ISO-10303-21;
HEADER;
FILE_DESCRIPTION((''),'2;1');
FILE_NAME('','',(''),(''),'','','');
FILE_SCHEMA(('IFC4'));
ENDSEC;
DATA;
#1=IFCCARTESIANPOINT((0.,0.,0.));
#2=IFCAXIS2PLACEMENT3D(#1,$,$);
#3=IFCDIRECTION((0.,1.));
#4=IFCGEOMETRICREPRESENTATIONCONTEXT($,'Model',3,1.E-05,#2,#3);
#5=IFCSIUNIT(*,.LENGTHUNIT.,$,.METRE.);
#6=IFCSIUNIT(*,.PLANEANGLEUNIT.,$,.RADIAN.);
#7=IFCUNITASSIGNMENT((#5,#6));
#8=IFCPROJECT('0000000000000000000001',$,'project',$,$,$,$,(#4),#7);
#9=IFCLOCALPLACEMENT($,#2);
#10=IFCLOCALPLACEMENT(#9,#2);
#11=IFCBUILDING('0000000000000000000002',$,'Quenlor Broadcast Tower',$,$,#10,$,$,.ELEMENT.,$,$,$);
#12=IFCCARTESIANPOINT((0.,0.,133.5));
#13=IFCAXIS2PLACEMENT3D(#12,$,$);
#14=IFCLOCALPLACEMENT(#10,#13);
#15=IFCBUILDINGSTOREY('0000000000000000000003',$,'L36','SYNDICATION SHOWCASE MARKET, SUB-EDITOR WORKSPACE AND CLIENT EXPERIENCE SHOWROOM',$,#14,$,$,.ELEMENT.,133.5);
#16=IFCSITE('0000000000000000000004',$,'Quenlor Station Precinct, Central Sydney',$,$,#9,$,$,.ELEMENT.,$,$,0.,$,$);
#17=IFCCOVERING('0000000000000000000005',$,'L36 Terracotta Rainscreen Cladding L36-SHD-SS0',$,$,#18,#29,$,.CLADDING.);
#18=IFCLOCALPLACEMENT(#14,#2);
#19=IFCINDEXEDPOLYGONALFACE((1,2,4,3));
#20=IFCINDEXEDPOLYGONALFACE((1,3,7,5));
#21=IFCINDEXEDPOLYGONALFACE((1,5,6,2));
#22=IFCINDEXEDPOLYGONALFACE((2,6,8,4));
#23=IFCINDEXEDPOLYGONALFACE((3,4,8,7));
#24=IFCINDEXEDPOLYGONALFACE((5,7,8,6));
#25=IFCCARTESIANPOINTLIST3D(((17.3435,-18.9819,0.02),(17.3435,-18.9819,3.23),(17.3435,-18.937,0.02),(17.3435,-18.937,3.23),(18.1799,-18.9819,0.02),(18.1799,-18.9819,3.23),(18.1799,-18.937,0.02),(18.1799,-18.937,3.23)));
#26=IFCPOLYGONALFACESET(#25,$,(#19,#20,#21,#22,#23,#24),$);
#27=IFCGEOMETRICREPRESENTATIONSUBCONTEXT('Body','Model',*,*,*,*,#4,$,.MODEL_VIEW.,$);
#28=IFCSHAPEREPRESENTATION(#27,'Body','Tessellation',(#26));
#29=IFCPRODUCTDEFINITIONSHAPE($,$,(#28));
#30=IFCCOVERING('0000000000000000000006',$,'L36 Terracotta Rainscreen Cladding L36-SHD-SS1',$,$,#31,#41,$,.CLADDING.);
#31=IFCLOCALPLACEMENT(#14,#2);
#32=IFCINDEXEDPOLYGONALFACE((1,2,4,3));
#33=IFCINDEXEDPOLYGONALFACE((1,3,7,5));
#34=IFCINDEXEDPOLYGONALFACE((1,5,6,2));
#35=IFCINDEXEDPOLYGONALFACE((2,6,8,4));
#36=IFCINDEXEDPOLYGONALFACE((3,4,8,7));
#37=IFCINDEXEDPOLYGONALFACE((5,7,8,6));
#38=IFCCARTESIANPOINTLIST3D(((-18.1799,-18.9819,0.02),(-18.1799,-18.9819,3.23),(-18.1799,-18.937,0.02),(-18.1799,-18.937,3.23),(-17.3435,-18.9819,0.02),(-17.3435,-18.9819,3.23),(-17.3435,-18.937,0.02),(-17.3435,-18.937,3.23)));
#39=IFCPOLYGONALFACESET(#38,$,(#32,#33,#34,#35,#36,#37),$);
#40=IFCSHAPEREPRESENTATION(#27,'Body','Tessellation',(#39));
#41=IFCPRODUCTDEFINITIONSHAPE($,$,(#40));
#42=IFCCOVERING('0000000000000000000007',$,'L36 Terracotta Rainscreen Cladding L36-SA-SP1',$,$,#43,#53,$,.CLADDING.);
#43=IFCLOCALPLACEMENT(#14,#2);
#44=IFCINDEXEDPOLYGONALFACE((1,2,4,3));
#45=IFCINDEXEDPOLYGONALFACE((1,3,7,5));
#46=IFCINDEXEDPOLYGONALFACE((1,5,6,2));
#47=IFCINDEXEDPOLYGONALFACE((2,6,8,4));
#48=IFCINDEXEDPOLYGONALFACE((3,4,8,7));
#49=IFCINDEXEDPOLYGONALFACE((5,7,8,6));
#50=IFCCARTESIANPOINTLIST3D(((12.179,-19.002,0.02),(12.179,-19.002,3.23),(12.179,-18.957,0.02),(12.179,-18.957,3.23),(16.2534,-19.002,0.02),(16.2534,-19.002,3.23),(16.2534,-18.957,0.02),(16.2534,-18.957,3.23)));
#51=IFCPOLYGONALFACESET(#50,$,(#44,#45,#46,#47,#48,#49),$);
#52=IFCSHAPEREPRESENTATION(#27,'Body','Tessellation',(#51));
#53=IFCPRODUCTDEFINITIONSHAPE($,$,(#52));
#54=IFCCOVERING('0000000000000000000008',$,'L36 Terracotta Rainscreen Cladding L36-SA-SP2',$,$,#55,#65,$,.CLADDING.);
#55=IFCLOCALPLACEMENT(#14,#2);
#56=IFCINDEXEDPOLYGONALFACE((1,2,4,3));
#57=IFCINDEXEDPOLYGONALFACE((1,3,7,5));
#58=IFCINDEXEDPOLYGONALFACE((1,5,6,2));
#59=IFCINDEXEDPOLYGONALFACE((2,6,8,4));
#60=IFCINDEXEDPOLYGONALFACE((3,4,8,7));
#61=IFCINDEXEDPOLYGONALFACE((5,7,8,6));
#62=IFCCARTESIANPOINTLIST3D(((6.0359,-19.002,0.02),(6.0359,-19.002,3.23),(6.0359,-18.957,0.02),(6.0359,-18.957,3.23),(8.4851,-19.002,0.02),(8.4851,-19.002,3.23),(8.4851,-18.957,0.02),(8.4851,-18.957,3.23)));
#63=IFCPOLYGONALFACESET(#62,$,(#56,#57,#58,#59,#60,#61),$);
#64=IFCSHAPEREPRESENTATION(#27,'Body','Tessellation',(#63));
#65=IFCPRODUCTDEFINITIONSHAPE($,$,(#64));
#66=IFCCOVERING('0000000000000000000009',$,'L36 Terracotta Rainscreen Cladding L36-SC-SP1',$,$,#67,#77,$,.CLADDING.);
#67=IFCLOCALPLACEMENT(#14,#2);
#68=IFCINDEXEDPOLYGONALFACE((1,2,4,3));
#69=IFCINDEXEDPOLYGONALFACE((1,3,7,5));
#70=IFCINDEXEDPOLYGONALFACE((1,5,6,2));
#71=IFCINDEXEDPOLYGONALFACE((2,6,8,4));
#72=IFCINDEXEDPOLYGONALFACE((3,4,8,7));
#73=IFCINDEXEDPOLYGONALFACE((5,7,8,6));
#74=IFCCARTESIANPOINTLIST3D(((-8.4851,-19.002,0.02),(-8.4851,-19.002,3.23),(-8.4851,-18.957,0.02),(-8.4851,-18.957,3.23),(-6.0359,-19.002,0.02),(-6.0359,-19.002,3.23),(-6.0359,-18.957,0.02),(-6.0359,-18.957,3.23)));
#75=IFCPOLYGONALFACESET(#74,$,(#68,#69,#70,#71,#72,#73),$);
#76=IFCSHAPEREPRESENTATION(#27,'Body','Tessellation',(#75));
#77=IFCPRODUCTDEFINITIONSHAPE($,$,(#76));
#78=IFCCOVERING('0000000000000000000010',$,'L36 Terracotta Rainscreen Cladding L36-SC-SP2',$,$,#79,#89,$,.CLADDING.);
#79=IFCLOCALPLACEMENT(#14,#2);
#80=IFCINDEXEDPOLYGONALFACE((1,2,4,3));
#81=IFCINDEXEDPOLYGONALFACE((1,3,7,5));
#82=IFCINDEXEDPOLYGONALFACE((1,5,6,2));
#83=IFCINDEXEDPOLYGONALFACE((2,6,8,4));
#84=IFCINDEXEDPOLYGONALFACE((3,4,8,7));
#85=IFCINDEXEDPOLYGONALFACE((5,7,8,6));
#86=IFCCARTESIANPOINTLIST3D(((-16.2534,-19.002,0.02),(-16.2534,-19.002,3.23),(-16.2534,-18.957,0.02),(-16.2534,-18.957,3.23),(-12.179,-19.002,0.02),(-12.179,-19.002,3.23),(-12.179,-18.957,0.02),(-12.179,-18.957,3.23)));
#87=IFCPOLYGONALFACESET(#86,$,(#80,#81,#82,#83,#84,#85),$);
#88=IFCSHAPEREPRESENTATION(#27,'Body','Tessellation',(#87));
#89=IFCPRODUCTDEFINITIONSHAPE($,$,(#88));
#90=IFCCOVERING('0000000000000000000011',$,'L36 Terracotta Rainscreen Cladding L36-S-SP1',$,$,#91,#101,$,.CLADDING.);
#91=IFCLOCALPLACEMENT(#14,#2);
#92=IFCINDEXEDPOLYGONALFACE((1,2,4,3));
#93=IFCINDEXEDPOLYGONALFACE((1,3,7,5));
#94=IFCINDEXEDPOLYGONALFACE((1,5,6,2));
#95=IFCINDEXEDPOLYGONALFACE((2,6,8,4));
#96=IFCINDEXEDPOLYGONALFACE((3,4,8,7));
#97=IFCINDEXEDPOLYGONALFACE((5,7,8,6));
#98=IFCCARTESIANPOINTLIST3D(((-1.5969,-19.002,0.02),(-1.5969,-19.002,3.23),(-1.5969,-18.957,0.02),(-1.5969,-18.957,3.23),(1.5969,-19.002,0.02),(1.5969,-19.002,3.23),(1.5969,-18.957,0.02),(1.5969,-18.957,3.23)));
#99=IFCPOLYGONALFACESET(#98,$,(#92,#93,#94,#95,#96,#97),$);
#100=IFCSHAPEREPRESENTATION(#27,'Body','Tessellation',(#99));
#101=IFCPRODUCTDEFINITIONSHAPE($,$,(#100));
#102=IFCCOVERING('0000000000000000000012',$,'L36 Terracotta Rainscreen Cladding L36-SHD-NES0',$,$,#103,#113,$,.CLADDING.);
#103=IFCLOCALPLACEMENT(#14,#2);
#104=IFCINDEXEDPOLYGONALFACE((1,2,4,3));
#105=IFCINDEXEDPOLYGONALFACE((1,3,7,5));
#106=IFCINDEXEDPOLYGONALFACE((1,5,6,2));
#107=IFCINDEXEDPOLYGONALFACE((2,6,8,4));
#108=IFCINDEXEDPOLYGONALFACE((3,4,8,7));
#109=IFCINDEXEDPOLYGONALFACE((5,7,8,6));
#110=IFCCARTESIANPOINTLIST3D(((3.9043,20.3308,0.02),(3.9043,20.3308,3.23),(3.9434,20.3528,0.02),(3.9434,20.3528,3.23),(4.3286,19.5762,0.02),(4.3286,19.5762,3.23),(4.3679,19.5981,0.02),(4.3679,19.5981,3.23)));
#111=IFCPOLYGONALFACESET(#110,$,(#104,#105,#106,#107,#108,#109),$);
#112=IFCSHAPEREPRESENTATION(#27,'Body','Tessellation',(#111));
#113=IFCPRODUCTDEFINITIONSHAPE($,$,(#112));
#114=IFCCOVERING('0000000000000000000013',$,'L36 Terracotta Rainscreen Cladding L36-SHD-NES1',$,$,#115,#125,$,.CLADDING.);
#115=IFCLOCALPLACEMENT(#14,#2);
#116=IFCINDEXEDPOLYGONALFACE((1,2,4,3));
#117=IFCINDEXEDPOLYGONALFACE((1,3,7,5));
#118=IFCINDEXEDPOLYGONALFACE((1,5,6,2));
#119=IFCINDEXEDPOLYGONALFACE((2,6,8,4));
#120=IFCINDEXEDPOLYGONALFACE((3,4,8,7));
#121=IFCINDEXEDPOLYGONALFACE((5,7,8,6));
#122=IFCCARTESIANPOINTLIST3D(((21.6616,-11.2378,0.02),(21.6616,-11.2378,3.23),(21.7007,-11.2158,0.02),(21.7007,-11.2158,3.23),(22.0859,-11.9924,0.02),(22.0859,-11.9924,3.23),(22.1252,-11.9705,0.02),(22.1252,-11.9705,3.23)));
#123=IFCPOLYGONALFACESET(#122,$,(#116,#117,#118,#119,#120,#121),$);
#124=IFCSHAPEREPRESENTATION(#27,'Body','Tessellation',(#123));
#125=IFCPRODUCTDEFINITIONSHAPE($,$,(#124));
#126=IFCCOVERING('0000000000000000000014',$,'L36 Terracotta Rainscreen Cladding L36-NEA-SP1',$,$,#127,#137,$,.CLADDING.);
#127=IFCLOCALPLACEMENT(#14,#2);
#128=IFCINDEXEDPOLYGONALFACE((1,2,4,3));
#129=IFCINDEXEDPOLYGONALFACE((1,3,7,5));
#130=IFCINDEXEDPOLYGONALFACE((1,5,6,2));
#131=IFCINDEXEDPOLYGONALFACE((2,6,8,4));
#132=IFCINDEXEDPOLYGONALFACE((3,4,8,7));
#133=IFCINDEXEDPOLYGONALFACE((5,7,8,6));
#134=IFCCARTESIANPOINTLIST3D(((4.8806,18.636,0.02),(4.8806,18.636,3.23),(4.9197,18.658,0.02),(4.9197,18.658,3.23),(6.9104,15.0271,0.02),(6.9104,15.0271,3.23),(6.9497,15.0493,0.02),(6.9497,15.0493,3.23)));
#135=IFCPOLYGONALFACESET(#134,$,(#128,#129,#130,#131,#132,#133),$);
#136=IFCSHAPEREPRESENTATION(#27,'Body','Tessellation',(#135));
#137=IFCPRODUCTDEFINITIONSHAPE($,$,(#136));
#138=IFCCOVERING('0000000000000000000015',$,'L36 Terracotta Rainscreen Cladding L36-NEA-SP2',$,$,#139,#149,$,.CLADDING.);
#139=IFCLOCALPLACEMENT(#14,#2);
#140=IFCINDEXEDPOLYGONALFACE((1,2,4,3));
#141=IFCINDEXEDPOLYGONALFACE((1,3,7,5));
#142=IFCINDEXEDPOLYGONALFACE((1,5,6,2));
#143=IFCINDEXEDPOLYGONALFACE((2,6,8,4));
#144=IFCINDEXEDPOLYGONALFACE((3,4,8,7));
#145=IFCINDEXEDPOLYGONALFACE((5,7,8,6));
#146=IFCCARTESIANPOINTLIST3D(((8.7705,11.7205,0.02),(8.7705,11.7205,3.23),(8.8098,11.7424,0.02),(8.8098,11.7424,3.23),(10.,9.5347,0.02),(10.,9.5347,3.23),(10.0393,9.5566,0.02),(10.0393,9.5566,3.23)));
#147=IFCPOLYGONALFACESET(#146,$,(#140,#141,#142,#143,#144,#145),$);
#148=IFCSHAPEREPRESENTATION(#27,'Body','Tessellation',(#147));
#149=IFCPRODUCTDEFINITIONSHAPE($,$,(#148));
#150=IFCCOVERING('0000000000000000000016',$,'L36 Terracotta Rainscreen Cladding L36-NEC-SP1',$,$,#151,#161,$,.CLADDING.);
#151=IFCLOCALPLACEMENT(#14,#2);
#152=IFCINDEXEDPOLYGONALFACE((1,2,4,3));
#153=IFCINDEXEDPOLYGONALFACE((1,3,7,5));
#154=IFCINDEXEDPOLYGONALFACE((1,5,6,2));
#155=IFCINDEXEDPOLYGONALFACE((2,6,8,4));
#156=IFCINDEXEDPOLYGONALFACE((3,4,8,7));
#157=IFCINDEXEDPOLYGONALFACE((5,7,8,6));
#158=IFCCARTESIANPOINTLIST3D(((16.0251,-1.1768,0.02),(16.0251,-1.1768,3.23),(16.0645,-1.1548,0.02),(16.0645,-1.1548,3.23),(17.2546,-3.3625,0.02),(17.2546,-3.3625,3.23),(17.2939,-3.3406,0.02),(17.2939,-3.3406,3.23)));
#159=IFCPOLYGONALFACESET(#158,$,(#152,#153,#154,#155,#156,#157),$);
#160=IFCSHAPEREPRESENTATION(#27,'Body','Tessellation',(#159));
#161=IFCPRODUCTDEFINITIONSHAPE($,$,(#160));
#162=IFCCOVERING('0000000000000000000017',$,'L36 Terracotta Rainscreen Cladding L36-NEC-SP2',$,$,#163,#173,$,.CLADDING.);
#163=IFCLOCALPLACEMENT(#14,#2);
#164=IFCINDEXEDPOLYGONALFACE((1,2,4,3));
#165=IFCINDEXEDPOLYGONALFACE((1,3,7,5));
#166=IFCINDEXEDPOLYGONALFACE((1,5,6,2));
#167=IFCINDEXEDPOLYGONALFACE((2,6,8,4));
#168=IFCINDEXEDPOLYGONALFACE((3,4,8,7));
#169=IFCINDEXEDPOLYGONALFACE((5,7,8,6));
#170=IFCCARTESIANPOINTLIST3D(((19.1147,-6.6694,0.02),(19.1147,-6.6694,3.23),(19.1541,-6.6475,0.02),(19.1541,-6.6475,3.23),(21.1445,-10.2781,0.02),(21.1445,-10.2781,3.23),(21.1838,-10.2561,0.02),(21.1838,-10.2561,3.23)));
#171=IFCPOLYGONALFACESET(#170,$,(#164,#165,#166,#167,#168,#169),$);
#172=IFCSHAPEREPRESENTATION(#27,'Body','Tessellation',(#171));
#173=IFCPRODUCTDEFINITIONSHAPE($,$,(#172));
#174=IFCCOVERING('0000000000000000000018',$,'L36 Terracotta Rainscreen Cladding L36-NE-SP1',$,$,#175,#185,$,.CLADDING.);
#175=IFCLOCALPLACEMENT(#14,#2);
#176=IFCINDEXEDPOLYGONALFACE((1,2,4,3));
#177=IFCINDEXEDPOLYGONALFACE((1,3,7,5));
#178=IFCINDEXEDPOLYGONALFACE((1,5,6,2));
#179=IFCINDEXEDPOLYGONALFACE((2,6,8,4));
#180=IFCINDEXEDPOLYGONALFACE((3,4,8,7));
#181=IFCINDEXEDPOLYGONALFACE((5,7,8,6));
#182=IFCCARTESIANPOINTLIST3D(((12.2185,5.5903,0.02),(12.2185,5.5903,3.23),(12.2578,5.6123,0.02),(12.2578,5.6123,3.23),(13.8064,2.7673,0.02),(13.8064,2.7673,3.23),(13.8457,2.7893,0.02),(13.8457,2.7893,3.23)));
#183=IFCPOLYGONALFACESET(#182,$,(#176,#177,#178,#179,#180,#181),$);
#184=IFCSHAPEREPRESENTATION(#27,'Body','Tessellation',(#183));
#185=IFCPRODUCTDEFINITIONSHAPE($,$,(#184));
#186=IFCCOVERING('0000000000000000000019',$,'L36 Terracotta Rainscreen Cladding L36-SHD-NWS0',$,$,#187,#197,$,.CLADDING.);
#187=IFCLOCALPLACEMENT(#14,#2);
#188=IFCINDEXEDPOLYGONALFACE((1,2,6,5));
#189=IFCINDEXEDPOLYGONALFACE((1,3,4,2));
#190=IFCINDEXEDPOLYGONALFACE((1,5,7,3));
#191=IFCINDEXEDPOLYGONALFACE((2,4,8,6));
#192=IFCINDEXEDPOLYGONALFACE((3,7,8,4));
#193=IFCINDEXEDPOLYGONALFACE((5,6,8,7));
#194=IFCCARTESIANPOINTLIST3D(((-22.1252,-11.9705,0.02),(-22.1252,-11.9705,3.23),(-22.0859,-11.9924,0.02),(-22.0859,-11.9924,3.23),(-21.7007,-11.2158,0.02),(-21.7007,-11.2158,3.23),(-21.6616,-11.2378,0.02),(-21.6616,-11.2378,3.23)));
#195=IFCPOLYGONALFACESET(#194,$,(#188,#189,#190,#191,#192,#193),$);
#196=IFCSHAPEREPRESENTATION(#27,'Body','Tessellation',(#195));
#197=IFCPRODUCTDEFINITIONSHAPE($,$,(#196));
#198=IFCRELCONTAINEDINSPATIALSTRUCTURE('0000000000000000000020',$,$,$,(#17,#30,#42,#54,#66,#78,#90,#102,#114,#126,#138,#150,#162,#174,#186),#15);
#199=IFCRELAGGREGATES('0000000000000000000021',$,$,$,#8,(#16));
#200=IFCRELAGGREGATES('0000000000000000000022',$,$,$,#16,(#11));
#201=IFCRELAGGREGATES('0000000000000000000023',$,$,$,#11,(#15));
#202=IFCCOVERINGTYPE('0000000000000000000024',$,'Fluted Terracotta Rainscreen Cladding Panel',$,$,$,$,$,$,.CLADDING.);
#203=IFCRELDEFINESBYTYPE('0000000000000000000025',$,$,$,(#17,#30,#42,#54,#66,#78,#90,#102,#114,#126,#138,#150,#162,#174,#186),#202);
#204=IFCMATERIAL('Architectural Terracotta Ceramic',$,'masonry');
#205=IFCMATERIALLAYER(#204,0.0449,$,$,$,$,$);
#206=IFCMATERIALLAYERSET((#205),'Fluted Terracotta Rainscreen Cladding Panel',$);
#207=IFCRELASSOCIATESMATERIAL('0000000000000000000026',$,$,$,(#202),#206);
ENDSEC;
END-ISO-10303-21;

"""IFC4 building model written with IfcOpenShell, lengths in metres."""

from ifc_helpers import new_model, si_unit, direction, frame, origin, place, context, subcontext, project, spatial, polyline, outline, extrude, material, layer, layer_set, type_object, element, save


model = new_model("IFC4")

# Units and contexts
model_context = context("Model", 3, precision=1e-05, world=origin(), true_north=direction((0.0, 1.0)))
body_context = subcontext(model_context, "Body", "Model", "MODEL_VIEW")
ifc_project = project(units=[si_unit("LENGTHUNIT", "METRE"), si_unit("PLANEANGLEUNIT", "RADIAN")], contexts=[model_context])

# Site, building, storey
site_placement = place(None, origin())
site = spatial("IfcSite", under=ifc_project, at=site_placement, Name="Quenlor Station Precinct, Central Sydney", CompositionType="ELEMENT", RefElevation=0.0)
building_placement = place(site_placement, origin())
building = spatial("IfcBuilding", under=site, at=building_placement, Name="Quenlor Broadcast Tower", CompositionType="ELEMENT")
storey_placement = place(building_placement, frame((0.0, 0.0, 133.5)))
storey = spatial("IfcBuildingStorey", under=building, at=storey_placement, Name="L36", Description="SYNDICATION SHOWCASE MARKET, SUB-EDITOR WORKSPACE AND CLIENT EXPERIENCE SHOWROOM", CompositionType="ELEMENT", Elevation=133.5)

# Coverings
ifc_material = material(Name="Architectural Terracotta Ceramic", Category="masonry")
ifc_layer = layer(ifc_material, 0.0449)
ifc_layer_set = layer_set([ifc_layer], Name="Fluted Terracotta Rainscreen Cladding Panel")
covering_type = type_object("IfcCoveringType", Name="Fluted Terracotta Rainscreen Cladding Panel", PredefinedType="CLADDING", material=ifc_layer_set)
covering_1_placement = place(storey_placement, frame((0.0, 0.0, 0.02)))
element("IfcCovering", 1, at=covering_1_placement, inside=storey, type_object=covering_type, Name="L36 Terracotta Rainscreen Cladding L36-SHD-SS0", PredefinedType="CLADDING", context=body_context, shape_type="SweptSolid", body=[
    extrude(outline(polyline([(18.1799, -18.937), (17.3435, -18.937), (17.3435, -18.9819), (18.1799, -18.9819), (18.1799, -18.937)])), origin(), (0.0, 0.0, 1.0), 3.21),
])
covering_2_placement = place(storey_placement, frame((0.0, 0.0, 0.02)))
element("IfcCovering", 2, at=covering_2_placement, inside=storey, type_object=covering_type, Name="L36 Terracotta Rainscreen Cladding L36-SHD-SS1", PredefinedType="CLADDING", context=body_context, shape_type="SweptSolid", body=[
    extrude(outline(polyline([(-17.3435, -18.937), (-18.1799, -18.937), (-18.1799, -18.9819), (-17.3435, -18.9819), (-17.3435, -18.937)])), origin(), (0.0, 0.0, 1.0), 3.21),
])
covering_3_placement = place(storey_placement, frame((0.0, 0.0, 0.02)))
element("IfcCovering", 3, at=covering_3_placement, inside=storey, type_object=covering_type, Name="L36 Terracotta Rainscreen Cladding L36-SA-SP1", PredefinedType="CLADDING", context=body_context, shape_type="SweptSolid", body=[
    extrude(outline(polyline([(16.2534, -18.957), (12.179, -18.957), (12.179, -19.002), (16.2534, -19.002), (16.2534, -18.957)])), origin(), (0.0, 0.0, 1.0), 3.21),
])
covering_4_placement = place(storey_placement, frame((0.0, 0.0, 0.02)))
element("IfcCovering", 4, at=covering_4_placement, inside=storey, type_object=covering_type, Name="L36 Terracotta Rainscreen Cladding L36-SA-SP2", PredefinedType="CLADDING", context=body_context, shape_type="SweptSolid", body=[
    extrude(outline(polyline([(8.4851, -18.957), (6.0359, -18.957), (6.0359, -19.002), (8.4851, -19.002), (8.4851, -18.957)])), origin(), (0.0, 0.0, 1.0), 3.21),
])
covering_5_placement = place(storey_placement, frame((0.0, 0.0, 0.02)))
element("IfcCovering", 5, at=covering_5_placement, inside=storey, type_object=covering_type, Name="L36 Terracotta Rainscreen Cladding L36-SC-SP1", PredefinedType="CLADDING", context=body_context, shape_type="SweptSolid", body=[
    extrude(outline(polyline([(-6.0359, -18.957), (-8.4851, -18.957), (-8.4851, -19.002), (-6.0359, -19.002), (-6.0359, -18.957)])), origin(), (0.0, 0.0, 1.0), 3.21),
])
covering_6_placement = place(storey_placement, frame((0.0, 0.0, 0.02)))
element("IfcCovering", 6, at=covering_6_placement, inside=storey, type_object=covering_type, Name="L36 Terracotta Rainscreen Cladding L36-SC-SP2", PredefinedType="CLADDING", context=body_context, shape_type="SweptSolid", body=[
    extrude(outline(polyline([(-12.179, -18.957), (-16.2534, -18.957), (-16.2534, -19.002), (-12.179, -19.002), (-12.179, -18.957)])), origin(), (0.0, 0.0, 1.0), 3.21),
])
covering_7_placement = place(storey_placement, frame((0.0, 0.0, 0.02)))
element("IfcCovering", 7, at=covering_7_placement, inside=storey, type_object=covering_type, Name="L36 Terracotta Rainscreen Cladding L36-S-SP1", PredefinedType="CLADDING", context=body_context, shape_type="SweptSolid", body=[
    extrude(outline(polyline([(1.5969, -18.957), (-1.5969, -18.957), (-1.5969, -19.002), (1.5969, -19.002), (1.5969, -18.957)])), origin(), (0.0, 0.0, 1.0), 3.21),
])
covering_8_placement = place(storey_placement, frame((0.0, 0.0, 0.02)))
element("IfcCovering", 8, at=covering_8_placement, inside=storey, type_object=covering_type, Name="L36 Terracotta Rainscreen Cladding L36-SHD-NES0", PredefinedType="CLADDING", context=body_context, shape_type="SweptSolid", body=[
    extrude(outline(polyline([(3.9043, 20.3308), (4.3286, 19.5762), (4.3679, 19.5981), (3.9434, 20.3528), (3.9043, 20.3308)])), origin(), (0.0, 0.0, 1.0), 3.21),
])
covering_9_placement = place(storey_placement, frame((0.0, 0.0, 0.02)))
element("IfcCovering", 9, at=covering_9_placement, inside=storey, type_object=covering_type, Name="L36 Terracotta Rainscreen Cladding L36-SHD-NES1", PredefinedType="CLADDING", context=body_context, shape_type="SweptSolid", body=[
    extrude(outline(polyline([(21.6616, -11.2378), (22.0859, -11.9924), (22.1252, -11.9705), (21.7007, -11.2158), (21.6616, -11.2378)])), origin(), (0.0, 0.0, 1.0), 3.21),
])
covering_10_placement = place(storey_placement, frame((0.0, 0.0, 0.02)))
element("IfcCovering", 10, at=covering_10_placement, inside=storey, type_object=covering_type, Name="L36 Terracotta Rainscreen Cladding L36-NEA-SP1", PredefinedType="CLADDING", context=body_context, shape_type="SweptSolid", body=[
    extrude(outline(polyline([(4.8806, 18.636), (6.9104, 15.0271), (6.9497, 15.0493), (4.9197, 18.658), (4.8806, 18.636)])), origin(), (0.0, 0.0, 1.0), 3.21),
])
covering_11_placement = place(storey_placement, frame((0.0, 0.0, 0.02)))
element("IfcCovering", 11, at=covering_11_placement, inside=storey, type_object=covering_type, Name="L36 Terracotta Rainscreen Cladding L36-NEA-SP2", PredefinedType="CLADDING", context=body_context, shape_type="SweptSolid", body=[
    extrude(outline(polyline([(8.7705, 11.7205), (10.0, 9.5347), (10.0393, 9.5566), (8.8098, 11.7424), (8.7705, 11.7205)])), origin(), (0.0, 0.0, 1.0), 3.21),
])
covering_12_placement = place(storey_placement, frame((0.0, 0.0, 0.02)))
element("IfcCovering", 12, at=covering_12_placement, inside=storey, type_object=covering_type, Name="L36 Terracotta Rainscreen Cladding L36-NEC-SP1", PredefinedType="CLADDING", context=body_context, shape_type="SweptSolid", body=[
    extrude(outline(polyline([(16.0251, -1.1768), (17.2546, -3.3625), (17.2939, -3.3406), (16.0645, -1.1548), (16.0251, -1.1768)])), origin(), (0.0, 0.0, 1.0), 3.21),
])
covering_13_placement = place(storey_placement, frame((0.0, 0.0, 0.02)))
element("IfcCovering", 13, at=covering_13_placement, inside=storey, type_object=covering_type, Name="L36 Terracotta Rainscreen Cladding L36-NEC-SP2", PredefinedType="CLADDING", context=body_context, shape_type="SweptSolid", body=[
    extrude(outline(polyline([(19.1147, -6.6694), (21.1445, -10.2781), (21.1838, -10.2561), (19.1541, -6.6475), (19.1147, -6.6694)])), origin(), (0.0, 0.0, 1.0), 3.21),
])
covering_14_placement = place(storey_placement, frame((0.0, 0.0, 0.02)))
element("IfcCovering", 14, at=covering_14_placement, inside=storey, type_object=covering_type, Name="L36 Terracotta Rainscreen Cladding L36-NE-SP1", PredefinedType="CLADDING", context=body_context, shape_type="SweptSolid", body=[
    extrude(outline(polyline([(12.2185, 5.5903), (13.8064, 2.7673), (13.8457, 2.7893), (12.2578, 5.6123), (12.2185, 5.5903)])), origin(), (0.0, 0.0, 1.0), 3.21),
])
covering_15_placement = place(storey_placement, frame((0.0, 0.0, 0.02)))
element("IfcCovering", 15, at=covering_15_placement, inside=storey, type_object=covering_type, Name="L36 Terracotta Rainscreen Cladding L36-SHD-NWS0", PredefinedType="CLADDING", context=body_context, shape_type="SweptSolid", body=[
    extrude(outline(polyline([(-22.0859, -11.9924), (-21.6616, -11.2378), (-21.7007, -11.2158), (-22.1252, -11.9705), (-22.0859, -11.9924)])), origin(), (0.0, 0.0, 1.0), 3.21),
])

save(model, "model.ifc")
